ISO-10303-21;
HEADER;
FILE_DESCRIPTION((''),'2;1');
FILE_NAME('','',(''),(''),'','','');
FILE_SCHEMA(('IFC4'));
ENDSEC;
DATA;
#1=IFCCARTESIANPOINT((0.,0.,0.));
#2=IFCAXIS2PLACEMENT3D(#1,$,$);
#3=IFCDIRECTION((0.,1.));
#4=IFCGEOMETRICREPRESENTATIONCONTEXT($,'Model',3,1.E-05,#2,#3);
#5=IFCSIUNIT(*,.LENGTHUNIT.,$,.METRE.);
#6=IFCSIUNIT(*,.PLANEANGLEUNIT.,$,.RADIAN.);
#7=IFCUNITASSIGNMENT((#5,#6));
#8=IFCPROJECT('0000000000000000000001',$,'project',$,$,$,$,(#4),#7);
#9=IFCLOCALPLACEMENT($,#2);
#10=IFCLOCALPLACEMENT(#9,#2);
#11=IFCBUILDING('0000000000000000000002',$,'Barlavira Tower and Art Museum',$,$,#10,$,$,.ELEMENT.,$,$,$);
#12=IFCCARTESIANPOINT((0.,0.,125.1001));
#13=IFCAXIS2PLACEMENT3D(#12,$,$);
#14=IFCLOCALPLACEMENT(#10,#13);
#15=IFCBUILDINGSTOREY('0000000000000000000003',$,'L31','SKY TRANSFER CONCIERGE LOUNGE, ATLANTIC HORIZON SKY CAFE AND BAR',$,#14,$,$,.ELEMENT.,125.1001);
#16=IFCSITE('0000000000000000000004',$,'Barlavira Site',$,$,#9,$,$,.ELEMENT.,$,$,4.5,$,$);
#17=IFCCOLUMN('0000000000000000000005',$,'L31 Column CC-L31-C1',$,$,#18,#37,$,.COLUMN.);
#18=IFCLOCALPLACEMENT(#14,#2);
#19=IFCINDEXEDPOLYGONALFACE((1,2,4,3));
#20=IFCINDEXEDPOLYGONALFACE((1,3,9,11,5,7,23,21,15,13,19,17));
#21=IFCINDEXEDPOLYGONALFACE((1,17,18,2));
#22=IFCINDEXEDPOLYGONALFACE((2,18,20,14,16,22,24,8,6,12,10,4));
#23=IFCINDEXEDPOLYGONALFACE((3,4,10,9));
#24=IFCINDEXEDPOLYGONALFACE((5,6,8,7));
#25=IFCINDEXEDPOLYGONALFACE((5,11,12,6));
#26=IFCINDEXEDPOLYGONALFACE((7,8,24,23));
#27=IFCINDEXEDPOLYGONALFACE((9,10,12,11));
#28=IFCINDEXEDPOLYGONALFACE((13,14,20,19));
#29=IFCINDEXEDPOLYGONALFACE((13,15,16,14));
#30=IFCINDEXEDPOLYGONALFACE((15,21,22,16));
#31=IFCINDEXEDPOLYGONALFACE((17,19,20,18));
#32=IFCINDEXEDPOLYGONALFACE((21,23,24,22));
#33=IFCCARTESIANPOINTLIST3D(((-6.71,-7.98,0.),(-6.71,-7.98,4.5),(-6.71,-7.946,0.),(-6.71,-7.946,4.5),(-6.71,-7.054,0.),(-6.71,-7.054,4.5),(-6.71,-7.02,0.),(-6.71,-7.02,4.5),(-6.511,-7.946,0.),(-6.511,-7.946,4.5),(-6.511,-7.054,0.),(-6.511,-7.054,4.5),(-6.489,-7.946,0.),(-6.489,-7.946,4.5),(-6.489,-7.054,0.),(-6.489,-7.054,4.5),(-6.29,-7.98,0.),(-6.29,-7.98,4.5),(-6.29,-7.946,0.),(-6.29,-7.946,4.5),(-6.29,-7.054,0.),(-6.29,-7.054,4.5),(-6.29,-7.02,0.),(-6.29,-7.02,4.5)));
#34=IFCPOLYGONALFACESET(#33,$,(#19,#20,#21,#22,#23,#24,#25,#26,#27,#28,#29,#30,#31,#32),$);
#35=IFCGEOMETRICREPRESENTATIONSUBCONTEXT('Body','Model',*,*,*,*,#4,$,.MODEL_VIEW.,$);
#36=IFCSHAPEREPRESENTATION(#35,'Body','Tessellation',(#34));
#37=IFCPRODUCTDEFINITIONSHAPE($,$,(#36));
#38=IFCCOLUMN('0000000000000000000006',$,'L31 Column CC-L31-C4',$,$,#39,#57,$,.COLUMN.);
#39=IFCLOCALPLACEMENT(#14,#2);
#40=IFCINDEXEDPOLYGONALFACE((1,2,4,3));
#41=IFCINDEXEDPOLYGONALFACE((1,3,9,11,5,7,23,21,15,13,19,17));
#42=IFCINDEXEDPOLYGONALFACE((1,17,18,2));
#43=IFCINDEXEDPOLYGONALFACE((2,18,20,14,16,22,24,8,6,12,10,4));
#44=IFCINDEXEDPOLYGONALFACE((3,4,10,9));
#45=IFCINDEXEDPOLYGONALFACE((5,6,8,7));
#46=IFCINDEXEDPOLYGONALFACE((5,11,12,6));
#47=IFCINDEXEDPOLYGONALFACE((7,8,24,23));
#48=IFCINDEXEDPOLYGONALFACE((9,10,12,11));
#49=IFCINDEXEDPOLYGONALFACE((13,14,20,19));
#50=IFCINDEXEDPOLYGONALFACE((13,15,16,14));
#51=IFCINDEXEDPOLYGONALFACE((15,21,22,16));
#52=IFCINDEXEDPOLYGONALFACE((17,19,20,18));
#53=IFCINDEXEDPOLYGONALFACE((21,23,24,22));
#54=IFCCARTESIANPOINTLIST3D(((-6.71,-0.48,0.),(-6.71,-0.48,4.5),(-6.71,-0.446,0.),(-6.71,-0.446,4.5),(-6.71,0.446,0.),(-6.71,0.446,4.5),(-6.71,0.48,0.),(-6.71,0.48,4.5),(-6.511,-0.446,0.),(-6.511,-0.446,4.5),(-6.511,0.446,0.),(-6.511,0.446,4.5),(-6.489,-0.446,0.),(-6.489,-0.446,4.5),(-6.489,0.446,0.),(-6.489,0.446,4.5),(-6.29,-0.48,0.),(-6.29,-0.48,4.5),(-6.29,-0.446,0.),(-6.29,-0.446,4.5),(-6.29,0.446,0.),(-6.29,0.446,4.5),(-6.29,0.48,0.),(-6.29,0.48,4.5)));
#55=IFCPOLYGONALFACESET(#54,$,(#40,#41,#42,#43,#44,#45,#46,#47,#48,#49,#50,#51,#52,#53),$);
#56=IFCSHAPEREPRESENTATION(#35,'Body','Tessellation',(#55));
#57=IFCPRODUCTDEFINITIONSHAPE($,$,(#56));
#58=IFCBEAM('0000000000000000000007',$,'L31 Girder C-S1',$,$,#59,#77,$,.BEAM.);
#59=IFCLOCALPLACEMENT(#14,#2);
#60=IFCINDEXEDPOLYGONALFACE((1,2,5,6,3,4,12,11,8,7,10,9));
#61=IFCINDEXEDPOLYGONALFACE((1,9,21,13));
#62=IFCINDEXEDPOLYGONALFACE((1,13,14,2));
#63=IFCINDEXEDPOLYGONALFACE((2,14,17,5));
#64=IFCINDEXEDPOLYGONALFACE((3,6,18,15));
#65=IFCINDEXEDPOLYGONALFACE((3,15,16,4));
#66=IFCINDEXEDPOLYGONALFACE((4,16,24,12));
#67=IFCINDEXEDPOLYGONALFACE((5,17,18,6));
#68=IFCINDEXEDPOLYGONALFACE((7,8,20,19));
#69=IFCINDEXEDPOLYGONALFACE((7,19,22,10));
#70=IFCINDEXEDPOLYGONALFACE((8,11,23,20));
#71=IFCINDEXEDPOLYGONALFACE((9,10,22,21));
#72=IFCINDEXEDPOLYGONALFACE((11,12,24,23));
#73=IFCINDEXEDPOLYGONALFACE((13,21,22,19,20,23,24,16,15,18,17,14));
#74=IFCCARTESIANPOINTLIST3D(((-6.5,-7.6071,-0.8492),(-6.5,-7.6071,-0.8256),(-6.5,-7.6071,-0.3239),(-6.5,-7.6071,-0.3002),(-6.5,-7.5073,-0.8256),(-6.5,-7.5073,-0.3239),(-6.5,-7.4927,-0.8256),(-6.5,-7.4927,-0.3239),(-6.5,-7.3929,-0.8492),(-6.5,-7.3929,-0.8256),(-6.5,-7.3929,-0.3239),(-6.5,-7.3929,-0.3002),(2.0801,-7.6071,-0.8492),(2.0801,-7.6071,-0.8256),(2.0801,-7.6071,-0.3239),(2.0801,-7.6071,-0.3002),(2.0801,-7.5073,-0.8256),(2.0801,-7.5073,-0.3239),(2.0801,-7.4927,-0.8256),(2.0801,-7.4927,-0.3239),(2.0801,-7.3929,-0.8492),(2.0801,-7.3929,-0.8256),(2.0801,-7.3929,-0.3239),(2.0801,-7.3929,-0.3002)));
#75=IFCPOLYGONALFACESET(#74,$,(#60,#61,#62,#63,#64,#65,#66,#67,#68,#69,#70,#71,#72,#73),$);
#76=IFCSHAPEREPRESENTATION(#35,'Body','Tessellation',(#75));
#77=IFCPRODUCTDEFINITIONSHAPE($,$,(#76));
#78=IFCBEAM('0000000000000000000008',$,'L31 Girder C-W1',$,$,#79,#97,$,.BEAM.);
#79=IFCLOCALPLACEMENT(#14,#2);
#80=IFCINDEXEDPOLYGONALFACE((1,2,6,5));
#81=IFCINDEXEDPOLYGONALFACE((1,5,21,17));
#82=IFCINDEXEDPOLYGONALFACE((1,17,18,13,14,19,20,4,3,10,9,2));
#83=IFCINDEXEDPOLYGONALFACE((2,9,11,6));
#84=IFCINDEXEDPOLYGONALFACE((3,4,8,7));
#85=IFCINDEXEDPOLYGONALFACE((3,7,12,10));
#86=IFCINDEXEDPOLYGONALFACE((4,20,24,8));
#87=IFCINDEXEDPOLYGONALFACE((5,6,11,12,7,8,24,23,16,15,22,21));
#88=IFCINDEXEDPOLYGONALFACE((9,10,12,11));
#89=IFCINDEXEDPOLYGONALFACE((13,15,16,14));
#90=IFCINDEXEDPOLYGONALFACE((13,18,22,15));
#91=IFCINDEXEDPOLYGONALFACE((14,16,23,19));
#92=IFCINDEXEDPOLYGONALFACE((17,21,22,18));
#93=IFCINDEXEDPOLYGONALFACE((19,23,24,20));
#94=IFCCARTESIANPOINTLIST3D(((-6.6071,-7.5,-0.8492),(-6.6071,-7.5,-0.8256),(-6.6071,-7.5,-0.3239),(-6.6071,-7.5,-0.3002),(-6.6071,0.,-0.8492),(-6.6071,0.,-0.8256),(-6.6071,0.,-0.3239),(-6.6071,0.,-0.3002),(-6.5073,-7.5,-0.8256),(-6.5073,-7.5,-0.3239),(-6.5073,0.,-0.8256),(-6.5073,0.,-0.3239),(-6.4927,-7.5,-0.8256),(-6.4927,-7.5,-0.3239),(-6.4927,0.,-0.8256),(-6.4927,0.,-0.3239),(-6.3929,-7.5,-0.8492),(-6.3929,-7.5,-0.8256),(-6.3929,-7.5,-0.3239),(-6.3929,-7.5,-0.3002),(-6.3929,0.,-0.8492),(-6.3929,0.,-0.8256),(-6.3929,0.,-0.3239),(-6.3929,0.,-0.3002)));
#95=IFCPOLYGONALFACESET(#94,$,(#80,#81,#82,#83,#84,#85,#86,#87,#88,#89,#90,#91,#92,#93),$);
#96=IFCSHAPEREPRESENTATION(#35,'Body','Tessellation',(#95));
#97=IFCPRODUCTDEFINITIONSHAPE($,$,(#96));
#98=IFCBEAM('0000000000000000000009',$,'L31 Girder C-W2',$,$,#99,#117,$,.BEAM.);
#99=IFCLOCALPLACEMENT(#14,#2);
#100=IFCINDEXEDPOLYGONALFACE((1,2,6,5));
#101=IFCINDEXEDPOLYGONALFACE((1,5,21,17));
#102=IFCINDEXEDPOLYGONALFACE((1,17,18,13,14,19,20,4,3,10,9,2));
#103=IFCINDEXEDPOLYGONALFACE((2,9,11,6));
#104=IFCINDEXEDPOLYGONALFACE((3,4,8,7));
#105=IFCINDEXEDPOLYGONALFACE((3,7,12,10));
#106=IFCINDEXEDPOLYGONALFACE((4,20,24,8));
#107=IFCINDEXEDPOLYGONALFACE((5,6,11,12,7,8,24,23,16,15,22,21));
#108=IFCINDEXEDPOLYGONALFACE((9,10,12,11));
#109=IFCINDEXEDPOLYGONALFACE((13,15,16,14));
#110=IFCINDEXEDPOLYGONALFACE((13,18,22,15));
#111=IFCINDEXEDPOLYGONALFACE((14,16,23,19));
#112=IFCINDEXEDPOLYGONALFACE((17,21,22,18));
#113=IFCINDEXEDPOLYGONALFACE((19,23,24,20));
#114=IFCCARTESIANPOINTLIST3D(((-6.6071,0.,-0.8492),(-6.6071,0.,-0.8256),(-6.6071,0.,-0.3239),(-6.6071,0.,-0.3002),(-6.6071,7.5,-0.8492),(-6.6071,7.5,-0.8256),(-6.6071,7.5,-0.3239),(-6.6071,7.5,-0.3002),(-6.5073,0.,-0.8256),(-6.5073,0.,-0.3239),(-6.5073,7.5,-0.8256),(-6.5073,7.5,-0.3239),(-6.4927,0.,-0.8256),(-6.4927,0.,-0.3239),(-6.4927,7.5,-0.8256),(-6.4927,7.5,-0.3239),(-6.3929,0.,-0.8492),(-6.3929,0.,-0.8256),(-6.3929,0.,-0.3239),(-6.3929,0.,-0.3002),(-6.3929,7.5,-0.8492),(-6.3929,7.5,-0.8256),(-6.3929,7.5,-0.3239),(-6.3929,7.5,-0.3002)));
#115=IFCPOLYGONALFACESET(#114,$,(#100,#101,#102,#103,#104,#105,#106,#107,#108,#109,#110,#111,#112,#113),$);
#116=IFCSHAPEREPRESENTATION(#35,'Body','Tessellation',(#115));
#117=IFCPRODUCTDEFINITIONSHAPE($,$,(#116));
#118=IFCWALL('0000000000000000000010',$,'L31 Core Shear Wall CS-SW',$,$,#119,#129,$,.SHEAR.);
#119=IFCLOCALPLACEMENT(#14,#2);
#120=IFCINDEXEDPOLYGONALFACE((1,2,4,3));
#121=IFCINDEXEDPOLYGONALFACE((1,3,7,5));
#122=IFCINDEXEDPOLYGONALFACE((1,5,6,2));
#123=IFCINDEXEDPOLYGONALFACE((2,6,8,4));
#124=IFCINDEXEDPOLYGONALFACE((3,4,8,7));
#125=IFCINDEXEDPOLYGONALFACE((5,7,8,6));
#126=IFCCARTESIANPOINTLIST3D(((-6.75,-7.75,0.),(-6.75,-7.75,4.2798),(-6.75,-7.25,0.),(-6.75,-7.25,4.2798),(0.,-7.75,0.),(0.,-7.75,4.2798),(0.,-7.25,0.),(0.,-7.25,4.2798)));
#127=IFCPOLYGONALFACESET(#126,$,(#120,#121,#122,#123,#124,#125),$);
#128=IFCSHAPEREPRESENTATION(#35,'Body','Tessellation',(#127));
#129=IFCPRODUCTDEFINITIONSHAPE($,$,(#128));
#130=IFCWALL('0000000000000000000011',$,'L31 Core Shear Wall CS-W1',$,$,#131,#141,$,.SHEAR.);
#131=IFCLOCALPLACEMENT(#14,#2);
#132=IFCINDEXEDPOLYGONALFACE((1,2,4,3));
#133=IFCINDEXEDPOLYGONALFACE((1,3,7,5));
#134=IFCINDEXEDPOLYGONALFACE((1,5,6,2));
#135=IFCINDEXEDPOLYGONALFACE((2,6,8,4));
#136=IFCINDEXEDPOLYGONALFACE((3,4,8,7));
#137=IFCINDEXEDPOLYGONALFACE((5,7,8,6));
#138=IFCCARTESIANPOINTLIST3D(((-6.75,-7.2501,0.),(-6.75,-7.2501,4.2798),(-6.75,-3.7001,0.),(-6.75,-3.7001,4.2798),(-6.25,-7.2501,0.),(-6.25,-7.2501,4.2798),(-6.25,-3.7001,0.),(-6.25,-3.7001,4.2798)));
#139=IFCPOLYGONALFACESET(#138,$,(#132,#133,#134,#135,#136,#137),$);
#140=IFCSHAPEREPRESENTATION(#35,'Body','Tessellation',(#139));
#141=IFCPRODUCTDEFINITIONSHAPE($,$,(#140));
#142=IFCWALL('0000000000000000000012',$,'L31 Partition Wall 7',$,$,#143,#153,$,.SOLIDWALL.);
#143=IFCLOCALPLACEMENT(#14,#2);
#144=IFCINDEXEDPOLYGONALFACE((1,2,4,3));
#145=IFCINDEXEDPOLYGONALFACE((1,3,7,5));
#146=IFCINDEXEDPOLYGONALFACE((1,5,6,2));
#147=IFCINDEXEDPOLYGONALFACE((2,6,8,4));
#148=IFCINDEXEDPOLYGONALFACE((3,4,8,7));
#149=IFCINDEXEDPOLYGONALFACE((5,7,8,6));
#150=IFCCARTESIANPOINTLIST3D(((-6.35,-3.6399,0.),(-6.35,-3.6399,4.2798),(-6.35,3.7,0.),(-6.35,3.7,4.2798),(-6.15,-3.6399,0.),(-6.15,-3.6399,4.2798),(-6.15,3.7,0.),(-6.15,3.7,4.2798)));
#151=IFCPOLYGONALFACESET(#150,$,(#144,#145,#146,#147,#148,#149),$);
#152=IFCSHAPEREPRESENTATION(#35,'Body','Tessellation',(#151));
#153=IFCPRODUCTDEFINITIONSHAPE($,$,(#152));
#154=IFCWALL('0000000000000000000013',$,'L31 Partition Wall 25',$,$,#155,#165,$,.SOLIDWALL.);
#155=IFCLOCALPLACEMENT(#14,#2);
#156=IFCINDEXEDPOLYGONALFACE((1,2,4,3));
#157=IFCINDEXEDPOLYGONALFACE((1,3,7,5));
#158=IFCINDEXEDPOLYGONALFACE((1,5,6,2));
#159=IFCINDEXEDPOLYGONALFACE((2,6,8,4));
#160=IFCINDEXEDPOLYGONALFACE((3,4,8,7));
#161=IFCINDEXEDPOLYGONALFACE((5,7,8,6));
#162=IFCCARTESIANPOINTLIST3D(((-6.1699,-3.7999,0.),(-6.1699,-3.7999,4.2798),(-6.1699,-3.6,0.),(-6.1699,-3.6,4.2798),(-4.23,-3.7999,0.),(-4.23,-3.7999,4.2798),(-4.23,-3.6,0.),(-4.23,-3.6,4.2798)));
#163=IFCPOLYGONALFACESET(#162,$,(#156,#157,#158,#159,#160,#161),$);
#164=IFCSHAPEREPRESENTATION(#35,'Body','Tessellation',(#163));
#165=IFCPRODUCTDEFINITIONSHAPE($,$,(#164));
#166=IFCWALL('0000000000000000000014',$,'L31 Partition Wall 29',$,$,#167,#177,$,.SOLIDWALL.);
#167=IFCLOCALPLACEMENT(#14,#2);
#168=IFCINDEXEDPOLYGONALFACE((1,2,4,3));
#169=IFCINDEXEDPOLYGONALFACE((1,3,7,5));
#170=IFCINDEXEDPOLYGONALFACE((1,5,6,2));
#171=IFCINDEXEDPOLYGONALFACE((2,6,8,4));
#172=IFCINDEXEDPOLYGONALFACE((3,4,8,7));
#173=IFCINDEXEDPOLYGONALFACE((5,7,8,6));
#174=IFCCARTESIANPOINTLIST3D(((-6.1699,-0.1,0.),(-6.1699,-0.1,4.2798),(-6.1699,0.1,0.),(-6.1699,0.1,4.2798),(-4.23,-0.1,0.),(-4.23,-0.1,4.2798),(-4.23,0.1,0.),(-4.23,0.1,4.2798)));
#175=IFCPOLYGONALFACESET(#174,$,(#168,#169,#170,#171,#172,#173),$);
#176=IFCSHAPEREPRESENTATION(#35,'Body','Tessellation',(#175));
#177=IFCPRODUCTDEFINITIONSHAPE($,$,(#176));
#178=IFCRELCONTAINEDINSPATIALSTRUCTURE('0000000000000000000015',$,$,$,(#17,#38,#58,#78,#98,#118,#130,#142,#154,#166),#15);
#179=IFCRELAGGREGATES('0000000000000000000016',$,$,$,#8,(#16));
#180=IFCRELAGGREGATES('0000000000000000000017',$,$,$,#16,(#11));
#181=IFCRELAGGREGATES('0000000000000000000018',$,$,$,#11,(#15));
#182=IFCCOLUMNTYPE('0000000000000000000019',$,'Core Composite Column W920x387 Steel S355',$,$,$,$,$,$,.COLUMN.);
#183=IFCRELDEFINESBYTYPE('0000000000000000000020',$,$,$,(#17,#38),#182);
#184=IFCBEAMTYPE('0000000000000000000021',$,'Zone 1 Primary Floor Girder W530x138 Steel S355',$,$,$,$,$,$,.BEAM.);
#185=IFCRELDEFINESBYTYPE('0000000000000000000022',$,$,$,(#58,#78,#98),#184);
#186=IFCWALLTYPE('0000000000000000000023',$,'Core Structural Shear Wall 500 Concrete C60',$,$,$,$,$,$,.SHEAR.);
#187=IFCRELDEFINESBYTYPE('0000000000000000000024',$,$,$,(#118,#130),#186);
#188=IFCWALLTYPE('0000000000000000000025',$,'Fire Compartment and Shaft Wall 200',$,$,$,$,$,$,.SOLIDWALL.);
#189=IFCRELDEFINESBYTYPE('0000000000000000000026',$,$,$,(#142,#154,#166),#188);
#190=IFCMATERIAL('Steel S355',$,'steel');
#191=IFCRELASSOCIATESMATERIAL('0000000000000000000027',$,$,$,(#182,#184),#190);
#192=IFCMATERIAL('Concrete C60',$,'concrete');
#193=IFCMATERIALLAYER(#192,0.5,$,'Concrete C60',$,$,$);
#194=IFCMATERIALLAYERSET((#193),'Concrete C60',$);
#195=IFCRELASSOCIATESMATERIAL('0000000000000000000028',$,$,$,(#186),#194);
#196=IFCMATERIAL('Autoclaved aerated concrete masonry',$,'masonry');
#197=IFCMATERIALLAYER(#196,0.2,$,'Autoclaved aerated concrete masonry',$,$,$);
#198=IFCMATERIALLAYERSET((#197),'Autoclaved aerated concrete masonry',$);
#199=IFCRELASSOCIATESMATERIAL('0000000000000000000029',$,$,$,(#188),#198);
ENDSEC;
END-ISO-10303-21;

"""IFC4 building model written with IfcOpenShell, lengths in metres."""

from ifc_helpers import new_model, si_unit, direction, frame, frame_2d, origin, origin_2d, place, context, subcontext, project, spatial, rectangle, i_section, extrude, material, layer, layer_set, material_profile, profile_set, type_object, element, save


model = new_model("IFC4")

# Units and contexts
model_context = context("Model", 3, precision=1e-05, world=origin(), true_north=direction((0.0, 1.0)))
body_context = subcontext(model_context, "Body", "Model", "MODEL_VIEW")
ifc_project = project(units=[si_unit("LENGTHUNIT", "METRE"), si_unit("PLANEANGLEUNIT", "RADIAN")], contexts=[model_context])

# Site, building, storey
site_placement = place(None, origin())
site = spatial("IfcSite", under=ifc_project, at=site_placement, Name="Barlavira Site", CompositionType="ELEMENT", RefElevation=4.5)
building_placement = place(site_placement, origin())
building = spatial("IfcBuilding", under=site, at=building_placement, Name="Barlavira Tower and Art Museum", CompositionType="ELEMENT")
storey_placement = place(building_placement, frame((0.0, 0.0, 125.1001)))
storey = spatial("IfcBuildingStorey", under=building, at=storey_placement, Name="L31", Description="SKY TRANSFER CONCIERGE LOUNGE, ATLANTIC HORIZON SKY CAFE AND BAR", CompositionType="ELEMENT", Elevation=125.1001)

# Columns
ifc_material_1 = material(Name="Steel S355", Category="steel")
ifc_material_profile_1 = material_profile(ifc_material_1, i_section(OverallWidth=0.4199, OverallDepth=0.96, WebThickness=0.022, FlangeThickness=0.0339, at=origin_2d()), Name="W920x387.0")
ifc_profile_set_1 = profile_set([ifc_material_profile_1], Name="Steel S355")
column_type = type_object("IfcColumnType", Name="Core Composite Column W920x387 Steel S355", PredefinedType="COLUMN", material=ifc_profile_set_1)
for number, where, z_axis, x_axis, name in (
    (1, (-6.5, -7.5, 0.0), (0.0, 0.0, 1.0), (1.0, 0.0, 0.0), "L31 Column CC-L31-C1"),
    (2, (-6.5, 0.0, 0.0), (0.0, 0.0, 1.0), (1.0, 0.0, 0.0), "L31 Column CC-L31-C4"),
):
    element("IfcColumn", number, at=place(storey_placement, frame(where, z_axis=z_axis, x_axis=x_axis)), inside=storey, type_object=column_type, Name=name, PredefinedType="COLUMN", context=body_context, shape_type="SweptSolid", body=[
        extrude(i_section(OverallWidth=0.4199, OverallDepth=0.96, WebThickness=0.022, FlangeThickness=0.0339, at=origin_2d()), origin(), (0.0, 0.0, 1.0), 4.5),
    ])

# Beams
ifc_material_profile_2 = material_profile(ifc_material_1, i_section(OverallWidth=0.2141, OverallDepth=0.5491, WebThickness=0.0146, FlangeThickness=0.0237, at=origin_2d()), Name="W530x138.0")
ifc_profile_set_2 = profile_set([ifc_material_profile_2], Name="Steel S355")
beam_type = type_object("IfcBeamType", Name="Zone 1 Primary Floor Girder W530x138 Steel S355", PredefinedType="BEAM", material=ifc_profile_set_2)
beam_placement = place(storey_placement, frame((-6.5, -7.5, -0.5747), z_axis=(1.0, 0.0, 0.0), x_axis=(0.0, 1.0, 0.0)))
element("IfcBeam", 3, at=beam_placement, inside=storey, type_object=beam_type, Name="L31 Girder C-S1", PredefinedType="BEAM", context=body_context, shape_type="SweptSolid", body=[
    extrude(i_section(OverallWidth=0.2141, OverallDepth=0.5491, WebThickness=0.0146, FlangeThickness=0.0237, at=origin_2d()), origin(), (0.0, 0.0, 1.0), 8.5801),
])
for number, where, z_axis, x_axis, name in (
    (4, (-6.5, -7.5, -0.5747), (0.0, 1.0, 0.0), (-1.0, 0.0, 0.0), "L31 Girder C-W1"),
    (5, (-6.5, 0.0, -0.5747), (0.0, 1.0, 0.0), (-1.0, 0.0, 0.0), "L31 Girder C-W2"),
):
    element("IfcBeam", number, at=place(storey_placement, frame(where, z_axis=z_axis, x_axis=x_axis)), inside=storey, type_object=beam_type, Name=name, PredefinedType="BEAM", context=body_context, shape_type="SweptSolid", body=[
        extrude(i_section(OverallWidth=0.2141, OverallDepth=0.5491, WebThickness=0.0146, FlangeThickness=0.0237, at=origin_2d()), origin(), (0.0, 0.0, 1.0), 7.5),
    ])

# Walls
ifc_material_2 = material(Name="Concrete C60", Category="concrete")
ifc_layer_1 = layer(ifc_material_2, 0.5, Name="Concrete C60")
ifc_layer_set_1 = layer_set([ifc_layer_1], Name="Concrete C60")
wall_type_1 = type_object("IfcWallType", Name="Core Structural Shear Wall 500 Concrete C60", PredefinedType="SHEAR", material=ifc_layer_set_1)
wall_1_placement = place(storey_placement, frame((-6.75, -7.5, 0.0), z_axis=(0.0, 0.0, 1.0), x_axis=(1.0, 0.0, 0.0)))
element("IfcWall", 6, at=wall_1_placement, inside=storey, type_object=wall_type_1, Name="L31 Core Shear Wall CS-SW", PredefinedType="SHEAR", context=body_context, shape_type="SweptSolid", body=[
    extrude(rectangle(XDim=6.75, YDim=0.5, at=frame_2d((3.375, 0.0))), origin(), (0.0, 0.0, 1.0), 4.2798),
])
wall_2_placement = place(storey_placement, frame((-6.5, -7.25, 0.0), z_axis=(0.0, 0.0, 1.0), x_axis=(0.0, 1.0, 0.0)))
element("IfcWall", 7, at=wall_2_placement, inside=storey, type_object=wall_type_1, Name="L31 Core Shear Wall CS-W1", PredefinedType="SHEAR", context=body_context, shape_type="SweptSolid", body=[
    extrude(rectangle(XDim=3.55, YDim=0.5, at=frame_2d((1.7749, 0.0))), origin(), (0.0, 0.0, 1.0), 4.2798),
])

# Shared definitions
ifc_material_3 = material(Name="Autoclaved aerated concrete masonry", Category="masonry")
ifc_layer_2 = layer(ifc_material_3, 0.2, Name="Autoclaved aerated concrete masonry")
ifc_layer_set_2 = layer_set([ifc_layer_2], Name="Autoclaved aerated concrete masonry")
wall_type_2 = type_object("IfcWallType", Name="Fire Compartment and Shaft Wall 200", PredefinedType="SOLIDWALL", material=ifc_layer_set_2)

# Wall
wall_3_placement = place(storey_placement, frame((-6.25, -3.6399, 0.0), z_axis=(0.0, 0.0, 1.0), x_axis=(0.0, 1.0, 0.0)))
element("IfcWall", 8, at=wall_3_placement, inside=storey, type_object=wall_type_2, Name="L31 Partition Wall 7", PredefinedType="SOLIDWALL", context=body_context, shape_type="SweptSolid", body=[
    extrude(rectangle(XDim=7.3398, YDim=0.2, at=frame_2d((3.6699, 0.0))), origin(), (0.0, 0.0, 1.0), 4.2798),
])

# Walls
for number, where, z_axis, x_axis, name in (
    (9, (-6.1699, -3.7, 0.0), (0.0, 0.0, 1.0), (1.0, 0.0, 0.0), "L31 Partition Wall 25"),
    (10, (-6.1699, 0.0, 0.0), (0.0, 0.0, 1.0), (1.0, 0.0, 0.0), "L31 Partition Wall 29"),
):
    element("IfcWall", number, at=place(storey_placement, frame(where, z_axis=z_axis, x_axis=x_axis)), inside=storey, type_object=wall_type_2, Name=name, PredefinedType="SOLIDWALL", context=body_context, shape_type="SweptSolid", body=[
        extrude(rectangle(XDim=1.9399, YDim=0.2, at=frame_2d((0.97, 0.0))), origin(), (0.0, 0.0, 1.0), 4.2798),
    ])

save(model, "model.ifc")
